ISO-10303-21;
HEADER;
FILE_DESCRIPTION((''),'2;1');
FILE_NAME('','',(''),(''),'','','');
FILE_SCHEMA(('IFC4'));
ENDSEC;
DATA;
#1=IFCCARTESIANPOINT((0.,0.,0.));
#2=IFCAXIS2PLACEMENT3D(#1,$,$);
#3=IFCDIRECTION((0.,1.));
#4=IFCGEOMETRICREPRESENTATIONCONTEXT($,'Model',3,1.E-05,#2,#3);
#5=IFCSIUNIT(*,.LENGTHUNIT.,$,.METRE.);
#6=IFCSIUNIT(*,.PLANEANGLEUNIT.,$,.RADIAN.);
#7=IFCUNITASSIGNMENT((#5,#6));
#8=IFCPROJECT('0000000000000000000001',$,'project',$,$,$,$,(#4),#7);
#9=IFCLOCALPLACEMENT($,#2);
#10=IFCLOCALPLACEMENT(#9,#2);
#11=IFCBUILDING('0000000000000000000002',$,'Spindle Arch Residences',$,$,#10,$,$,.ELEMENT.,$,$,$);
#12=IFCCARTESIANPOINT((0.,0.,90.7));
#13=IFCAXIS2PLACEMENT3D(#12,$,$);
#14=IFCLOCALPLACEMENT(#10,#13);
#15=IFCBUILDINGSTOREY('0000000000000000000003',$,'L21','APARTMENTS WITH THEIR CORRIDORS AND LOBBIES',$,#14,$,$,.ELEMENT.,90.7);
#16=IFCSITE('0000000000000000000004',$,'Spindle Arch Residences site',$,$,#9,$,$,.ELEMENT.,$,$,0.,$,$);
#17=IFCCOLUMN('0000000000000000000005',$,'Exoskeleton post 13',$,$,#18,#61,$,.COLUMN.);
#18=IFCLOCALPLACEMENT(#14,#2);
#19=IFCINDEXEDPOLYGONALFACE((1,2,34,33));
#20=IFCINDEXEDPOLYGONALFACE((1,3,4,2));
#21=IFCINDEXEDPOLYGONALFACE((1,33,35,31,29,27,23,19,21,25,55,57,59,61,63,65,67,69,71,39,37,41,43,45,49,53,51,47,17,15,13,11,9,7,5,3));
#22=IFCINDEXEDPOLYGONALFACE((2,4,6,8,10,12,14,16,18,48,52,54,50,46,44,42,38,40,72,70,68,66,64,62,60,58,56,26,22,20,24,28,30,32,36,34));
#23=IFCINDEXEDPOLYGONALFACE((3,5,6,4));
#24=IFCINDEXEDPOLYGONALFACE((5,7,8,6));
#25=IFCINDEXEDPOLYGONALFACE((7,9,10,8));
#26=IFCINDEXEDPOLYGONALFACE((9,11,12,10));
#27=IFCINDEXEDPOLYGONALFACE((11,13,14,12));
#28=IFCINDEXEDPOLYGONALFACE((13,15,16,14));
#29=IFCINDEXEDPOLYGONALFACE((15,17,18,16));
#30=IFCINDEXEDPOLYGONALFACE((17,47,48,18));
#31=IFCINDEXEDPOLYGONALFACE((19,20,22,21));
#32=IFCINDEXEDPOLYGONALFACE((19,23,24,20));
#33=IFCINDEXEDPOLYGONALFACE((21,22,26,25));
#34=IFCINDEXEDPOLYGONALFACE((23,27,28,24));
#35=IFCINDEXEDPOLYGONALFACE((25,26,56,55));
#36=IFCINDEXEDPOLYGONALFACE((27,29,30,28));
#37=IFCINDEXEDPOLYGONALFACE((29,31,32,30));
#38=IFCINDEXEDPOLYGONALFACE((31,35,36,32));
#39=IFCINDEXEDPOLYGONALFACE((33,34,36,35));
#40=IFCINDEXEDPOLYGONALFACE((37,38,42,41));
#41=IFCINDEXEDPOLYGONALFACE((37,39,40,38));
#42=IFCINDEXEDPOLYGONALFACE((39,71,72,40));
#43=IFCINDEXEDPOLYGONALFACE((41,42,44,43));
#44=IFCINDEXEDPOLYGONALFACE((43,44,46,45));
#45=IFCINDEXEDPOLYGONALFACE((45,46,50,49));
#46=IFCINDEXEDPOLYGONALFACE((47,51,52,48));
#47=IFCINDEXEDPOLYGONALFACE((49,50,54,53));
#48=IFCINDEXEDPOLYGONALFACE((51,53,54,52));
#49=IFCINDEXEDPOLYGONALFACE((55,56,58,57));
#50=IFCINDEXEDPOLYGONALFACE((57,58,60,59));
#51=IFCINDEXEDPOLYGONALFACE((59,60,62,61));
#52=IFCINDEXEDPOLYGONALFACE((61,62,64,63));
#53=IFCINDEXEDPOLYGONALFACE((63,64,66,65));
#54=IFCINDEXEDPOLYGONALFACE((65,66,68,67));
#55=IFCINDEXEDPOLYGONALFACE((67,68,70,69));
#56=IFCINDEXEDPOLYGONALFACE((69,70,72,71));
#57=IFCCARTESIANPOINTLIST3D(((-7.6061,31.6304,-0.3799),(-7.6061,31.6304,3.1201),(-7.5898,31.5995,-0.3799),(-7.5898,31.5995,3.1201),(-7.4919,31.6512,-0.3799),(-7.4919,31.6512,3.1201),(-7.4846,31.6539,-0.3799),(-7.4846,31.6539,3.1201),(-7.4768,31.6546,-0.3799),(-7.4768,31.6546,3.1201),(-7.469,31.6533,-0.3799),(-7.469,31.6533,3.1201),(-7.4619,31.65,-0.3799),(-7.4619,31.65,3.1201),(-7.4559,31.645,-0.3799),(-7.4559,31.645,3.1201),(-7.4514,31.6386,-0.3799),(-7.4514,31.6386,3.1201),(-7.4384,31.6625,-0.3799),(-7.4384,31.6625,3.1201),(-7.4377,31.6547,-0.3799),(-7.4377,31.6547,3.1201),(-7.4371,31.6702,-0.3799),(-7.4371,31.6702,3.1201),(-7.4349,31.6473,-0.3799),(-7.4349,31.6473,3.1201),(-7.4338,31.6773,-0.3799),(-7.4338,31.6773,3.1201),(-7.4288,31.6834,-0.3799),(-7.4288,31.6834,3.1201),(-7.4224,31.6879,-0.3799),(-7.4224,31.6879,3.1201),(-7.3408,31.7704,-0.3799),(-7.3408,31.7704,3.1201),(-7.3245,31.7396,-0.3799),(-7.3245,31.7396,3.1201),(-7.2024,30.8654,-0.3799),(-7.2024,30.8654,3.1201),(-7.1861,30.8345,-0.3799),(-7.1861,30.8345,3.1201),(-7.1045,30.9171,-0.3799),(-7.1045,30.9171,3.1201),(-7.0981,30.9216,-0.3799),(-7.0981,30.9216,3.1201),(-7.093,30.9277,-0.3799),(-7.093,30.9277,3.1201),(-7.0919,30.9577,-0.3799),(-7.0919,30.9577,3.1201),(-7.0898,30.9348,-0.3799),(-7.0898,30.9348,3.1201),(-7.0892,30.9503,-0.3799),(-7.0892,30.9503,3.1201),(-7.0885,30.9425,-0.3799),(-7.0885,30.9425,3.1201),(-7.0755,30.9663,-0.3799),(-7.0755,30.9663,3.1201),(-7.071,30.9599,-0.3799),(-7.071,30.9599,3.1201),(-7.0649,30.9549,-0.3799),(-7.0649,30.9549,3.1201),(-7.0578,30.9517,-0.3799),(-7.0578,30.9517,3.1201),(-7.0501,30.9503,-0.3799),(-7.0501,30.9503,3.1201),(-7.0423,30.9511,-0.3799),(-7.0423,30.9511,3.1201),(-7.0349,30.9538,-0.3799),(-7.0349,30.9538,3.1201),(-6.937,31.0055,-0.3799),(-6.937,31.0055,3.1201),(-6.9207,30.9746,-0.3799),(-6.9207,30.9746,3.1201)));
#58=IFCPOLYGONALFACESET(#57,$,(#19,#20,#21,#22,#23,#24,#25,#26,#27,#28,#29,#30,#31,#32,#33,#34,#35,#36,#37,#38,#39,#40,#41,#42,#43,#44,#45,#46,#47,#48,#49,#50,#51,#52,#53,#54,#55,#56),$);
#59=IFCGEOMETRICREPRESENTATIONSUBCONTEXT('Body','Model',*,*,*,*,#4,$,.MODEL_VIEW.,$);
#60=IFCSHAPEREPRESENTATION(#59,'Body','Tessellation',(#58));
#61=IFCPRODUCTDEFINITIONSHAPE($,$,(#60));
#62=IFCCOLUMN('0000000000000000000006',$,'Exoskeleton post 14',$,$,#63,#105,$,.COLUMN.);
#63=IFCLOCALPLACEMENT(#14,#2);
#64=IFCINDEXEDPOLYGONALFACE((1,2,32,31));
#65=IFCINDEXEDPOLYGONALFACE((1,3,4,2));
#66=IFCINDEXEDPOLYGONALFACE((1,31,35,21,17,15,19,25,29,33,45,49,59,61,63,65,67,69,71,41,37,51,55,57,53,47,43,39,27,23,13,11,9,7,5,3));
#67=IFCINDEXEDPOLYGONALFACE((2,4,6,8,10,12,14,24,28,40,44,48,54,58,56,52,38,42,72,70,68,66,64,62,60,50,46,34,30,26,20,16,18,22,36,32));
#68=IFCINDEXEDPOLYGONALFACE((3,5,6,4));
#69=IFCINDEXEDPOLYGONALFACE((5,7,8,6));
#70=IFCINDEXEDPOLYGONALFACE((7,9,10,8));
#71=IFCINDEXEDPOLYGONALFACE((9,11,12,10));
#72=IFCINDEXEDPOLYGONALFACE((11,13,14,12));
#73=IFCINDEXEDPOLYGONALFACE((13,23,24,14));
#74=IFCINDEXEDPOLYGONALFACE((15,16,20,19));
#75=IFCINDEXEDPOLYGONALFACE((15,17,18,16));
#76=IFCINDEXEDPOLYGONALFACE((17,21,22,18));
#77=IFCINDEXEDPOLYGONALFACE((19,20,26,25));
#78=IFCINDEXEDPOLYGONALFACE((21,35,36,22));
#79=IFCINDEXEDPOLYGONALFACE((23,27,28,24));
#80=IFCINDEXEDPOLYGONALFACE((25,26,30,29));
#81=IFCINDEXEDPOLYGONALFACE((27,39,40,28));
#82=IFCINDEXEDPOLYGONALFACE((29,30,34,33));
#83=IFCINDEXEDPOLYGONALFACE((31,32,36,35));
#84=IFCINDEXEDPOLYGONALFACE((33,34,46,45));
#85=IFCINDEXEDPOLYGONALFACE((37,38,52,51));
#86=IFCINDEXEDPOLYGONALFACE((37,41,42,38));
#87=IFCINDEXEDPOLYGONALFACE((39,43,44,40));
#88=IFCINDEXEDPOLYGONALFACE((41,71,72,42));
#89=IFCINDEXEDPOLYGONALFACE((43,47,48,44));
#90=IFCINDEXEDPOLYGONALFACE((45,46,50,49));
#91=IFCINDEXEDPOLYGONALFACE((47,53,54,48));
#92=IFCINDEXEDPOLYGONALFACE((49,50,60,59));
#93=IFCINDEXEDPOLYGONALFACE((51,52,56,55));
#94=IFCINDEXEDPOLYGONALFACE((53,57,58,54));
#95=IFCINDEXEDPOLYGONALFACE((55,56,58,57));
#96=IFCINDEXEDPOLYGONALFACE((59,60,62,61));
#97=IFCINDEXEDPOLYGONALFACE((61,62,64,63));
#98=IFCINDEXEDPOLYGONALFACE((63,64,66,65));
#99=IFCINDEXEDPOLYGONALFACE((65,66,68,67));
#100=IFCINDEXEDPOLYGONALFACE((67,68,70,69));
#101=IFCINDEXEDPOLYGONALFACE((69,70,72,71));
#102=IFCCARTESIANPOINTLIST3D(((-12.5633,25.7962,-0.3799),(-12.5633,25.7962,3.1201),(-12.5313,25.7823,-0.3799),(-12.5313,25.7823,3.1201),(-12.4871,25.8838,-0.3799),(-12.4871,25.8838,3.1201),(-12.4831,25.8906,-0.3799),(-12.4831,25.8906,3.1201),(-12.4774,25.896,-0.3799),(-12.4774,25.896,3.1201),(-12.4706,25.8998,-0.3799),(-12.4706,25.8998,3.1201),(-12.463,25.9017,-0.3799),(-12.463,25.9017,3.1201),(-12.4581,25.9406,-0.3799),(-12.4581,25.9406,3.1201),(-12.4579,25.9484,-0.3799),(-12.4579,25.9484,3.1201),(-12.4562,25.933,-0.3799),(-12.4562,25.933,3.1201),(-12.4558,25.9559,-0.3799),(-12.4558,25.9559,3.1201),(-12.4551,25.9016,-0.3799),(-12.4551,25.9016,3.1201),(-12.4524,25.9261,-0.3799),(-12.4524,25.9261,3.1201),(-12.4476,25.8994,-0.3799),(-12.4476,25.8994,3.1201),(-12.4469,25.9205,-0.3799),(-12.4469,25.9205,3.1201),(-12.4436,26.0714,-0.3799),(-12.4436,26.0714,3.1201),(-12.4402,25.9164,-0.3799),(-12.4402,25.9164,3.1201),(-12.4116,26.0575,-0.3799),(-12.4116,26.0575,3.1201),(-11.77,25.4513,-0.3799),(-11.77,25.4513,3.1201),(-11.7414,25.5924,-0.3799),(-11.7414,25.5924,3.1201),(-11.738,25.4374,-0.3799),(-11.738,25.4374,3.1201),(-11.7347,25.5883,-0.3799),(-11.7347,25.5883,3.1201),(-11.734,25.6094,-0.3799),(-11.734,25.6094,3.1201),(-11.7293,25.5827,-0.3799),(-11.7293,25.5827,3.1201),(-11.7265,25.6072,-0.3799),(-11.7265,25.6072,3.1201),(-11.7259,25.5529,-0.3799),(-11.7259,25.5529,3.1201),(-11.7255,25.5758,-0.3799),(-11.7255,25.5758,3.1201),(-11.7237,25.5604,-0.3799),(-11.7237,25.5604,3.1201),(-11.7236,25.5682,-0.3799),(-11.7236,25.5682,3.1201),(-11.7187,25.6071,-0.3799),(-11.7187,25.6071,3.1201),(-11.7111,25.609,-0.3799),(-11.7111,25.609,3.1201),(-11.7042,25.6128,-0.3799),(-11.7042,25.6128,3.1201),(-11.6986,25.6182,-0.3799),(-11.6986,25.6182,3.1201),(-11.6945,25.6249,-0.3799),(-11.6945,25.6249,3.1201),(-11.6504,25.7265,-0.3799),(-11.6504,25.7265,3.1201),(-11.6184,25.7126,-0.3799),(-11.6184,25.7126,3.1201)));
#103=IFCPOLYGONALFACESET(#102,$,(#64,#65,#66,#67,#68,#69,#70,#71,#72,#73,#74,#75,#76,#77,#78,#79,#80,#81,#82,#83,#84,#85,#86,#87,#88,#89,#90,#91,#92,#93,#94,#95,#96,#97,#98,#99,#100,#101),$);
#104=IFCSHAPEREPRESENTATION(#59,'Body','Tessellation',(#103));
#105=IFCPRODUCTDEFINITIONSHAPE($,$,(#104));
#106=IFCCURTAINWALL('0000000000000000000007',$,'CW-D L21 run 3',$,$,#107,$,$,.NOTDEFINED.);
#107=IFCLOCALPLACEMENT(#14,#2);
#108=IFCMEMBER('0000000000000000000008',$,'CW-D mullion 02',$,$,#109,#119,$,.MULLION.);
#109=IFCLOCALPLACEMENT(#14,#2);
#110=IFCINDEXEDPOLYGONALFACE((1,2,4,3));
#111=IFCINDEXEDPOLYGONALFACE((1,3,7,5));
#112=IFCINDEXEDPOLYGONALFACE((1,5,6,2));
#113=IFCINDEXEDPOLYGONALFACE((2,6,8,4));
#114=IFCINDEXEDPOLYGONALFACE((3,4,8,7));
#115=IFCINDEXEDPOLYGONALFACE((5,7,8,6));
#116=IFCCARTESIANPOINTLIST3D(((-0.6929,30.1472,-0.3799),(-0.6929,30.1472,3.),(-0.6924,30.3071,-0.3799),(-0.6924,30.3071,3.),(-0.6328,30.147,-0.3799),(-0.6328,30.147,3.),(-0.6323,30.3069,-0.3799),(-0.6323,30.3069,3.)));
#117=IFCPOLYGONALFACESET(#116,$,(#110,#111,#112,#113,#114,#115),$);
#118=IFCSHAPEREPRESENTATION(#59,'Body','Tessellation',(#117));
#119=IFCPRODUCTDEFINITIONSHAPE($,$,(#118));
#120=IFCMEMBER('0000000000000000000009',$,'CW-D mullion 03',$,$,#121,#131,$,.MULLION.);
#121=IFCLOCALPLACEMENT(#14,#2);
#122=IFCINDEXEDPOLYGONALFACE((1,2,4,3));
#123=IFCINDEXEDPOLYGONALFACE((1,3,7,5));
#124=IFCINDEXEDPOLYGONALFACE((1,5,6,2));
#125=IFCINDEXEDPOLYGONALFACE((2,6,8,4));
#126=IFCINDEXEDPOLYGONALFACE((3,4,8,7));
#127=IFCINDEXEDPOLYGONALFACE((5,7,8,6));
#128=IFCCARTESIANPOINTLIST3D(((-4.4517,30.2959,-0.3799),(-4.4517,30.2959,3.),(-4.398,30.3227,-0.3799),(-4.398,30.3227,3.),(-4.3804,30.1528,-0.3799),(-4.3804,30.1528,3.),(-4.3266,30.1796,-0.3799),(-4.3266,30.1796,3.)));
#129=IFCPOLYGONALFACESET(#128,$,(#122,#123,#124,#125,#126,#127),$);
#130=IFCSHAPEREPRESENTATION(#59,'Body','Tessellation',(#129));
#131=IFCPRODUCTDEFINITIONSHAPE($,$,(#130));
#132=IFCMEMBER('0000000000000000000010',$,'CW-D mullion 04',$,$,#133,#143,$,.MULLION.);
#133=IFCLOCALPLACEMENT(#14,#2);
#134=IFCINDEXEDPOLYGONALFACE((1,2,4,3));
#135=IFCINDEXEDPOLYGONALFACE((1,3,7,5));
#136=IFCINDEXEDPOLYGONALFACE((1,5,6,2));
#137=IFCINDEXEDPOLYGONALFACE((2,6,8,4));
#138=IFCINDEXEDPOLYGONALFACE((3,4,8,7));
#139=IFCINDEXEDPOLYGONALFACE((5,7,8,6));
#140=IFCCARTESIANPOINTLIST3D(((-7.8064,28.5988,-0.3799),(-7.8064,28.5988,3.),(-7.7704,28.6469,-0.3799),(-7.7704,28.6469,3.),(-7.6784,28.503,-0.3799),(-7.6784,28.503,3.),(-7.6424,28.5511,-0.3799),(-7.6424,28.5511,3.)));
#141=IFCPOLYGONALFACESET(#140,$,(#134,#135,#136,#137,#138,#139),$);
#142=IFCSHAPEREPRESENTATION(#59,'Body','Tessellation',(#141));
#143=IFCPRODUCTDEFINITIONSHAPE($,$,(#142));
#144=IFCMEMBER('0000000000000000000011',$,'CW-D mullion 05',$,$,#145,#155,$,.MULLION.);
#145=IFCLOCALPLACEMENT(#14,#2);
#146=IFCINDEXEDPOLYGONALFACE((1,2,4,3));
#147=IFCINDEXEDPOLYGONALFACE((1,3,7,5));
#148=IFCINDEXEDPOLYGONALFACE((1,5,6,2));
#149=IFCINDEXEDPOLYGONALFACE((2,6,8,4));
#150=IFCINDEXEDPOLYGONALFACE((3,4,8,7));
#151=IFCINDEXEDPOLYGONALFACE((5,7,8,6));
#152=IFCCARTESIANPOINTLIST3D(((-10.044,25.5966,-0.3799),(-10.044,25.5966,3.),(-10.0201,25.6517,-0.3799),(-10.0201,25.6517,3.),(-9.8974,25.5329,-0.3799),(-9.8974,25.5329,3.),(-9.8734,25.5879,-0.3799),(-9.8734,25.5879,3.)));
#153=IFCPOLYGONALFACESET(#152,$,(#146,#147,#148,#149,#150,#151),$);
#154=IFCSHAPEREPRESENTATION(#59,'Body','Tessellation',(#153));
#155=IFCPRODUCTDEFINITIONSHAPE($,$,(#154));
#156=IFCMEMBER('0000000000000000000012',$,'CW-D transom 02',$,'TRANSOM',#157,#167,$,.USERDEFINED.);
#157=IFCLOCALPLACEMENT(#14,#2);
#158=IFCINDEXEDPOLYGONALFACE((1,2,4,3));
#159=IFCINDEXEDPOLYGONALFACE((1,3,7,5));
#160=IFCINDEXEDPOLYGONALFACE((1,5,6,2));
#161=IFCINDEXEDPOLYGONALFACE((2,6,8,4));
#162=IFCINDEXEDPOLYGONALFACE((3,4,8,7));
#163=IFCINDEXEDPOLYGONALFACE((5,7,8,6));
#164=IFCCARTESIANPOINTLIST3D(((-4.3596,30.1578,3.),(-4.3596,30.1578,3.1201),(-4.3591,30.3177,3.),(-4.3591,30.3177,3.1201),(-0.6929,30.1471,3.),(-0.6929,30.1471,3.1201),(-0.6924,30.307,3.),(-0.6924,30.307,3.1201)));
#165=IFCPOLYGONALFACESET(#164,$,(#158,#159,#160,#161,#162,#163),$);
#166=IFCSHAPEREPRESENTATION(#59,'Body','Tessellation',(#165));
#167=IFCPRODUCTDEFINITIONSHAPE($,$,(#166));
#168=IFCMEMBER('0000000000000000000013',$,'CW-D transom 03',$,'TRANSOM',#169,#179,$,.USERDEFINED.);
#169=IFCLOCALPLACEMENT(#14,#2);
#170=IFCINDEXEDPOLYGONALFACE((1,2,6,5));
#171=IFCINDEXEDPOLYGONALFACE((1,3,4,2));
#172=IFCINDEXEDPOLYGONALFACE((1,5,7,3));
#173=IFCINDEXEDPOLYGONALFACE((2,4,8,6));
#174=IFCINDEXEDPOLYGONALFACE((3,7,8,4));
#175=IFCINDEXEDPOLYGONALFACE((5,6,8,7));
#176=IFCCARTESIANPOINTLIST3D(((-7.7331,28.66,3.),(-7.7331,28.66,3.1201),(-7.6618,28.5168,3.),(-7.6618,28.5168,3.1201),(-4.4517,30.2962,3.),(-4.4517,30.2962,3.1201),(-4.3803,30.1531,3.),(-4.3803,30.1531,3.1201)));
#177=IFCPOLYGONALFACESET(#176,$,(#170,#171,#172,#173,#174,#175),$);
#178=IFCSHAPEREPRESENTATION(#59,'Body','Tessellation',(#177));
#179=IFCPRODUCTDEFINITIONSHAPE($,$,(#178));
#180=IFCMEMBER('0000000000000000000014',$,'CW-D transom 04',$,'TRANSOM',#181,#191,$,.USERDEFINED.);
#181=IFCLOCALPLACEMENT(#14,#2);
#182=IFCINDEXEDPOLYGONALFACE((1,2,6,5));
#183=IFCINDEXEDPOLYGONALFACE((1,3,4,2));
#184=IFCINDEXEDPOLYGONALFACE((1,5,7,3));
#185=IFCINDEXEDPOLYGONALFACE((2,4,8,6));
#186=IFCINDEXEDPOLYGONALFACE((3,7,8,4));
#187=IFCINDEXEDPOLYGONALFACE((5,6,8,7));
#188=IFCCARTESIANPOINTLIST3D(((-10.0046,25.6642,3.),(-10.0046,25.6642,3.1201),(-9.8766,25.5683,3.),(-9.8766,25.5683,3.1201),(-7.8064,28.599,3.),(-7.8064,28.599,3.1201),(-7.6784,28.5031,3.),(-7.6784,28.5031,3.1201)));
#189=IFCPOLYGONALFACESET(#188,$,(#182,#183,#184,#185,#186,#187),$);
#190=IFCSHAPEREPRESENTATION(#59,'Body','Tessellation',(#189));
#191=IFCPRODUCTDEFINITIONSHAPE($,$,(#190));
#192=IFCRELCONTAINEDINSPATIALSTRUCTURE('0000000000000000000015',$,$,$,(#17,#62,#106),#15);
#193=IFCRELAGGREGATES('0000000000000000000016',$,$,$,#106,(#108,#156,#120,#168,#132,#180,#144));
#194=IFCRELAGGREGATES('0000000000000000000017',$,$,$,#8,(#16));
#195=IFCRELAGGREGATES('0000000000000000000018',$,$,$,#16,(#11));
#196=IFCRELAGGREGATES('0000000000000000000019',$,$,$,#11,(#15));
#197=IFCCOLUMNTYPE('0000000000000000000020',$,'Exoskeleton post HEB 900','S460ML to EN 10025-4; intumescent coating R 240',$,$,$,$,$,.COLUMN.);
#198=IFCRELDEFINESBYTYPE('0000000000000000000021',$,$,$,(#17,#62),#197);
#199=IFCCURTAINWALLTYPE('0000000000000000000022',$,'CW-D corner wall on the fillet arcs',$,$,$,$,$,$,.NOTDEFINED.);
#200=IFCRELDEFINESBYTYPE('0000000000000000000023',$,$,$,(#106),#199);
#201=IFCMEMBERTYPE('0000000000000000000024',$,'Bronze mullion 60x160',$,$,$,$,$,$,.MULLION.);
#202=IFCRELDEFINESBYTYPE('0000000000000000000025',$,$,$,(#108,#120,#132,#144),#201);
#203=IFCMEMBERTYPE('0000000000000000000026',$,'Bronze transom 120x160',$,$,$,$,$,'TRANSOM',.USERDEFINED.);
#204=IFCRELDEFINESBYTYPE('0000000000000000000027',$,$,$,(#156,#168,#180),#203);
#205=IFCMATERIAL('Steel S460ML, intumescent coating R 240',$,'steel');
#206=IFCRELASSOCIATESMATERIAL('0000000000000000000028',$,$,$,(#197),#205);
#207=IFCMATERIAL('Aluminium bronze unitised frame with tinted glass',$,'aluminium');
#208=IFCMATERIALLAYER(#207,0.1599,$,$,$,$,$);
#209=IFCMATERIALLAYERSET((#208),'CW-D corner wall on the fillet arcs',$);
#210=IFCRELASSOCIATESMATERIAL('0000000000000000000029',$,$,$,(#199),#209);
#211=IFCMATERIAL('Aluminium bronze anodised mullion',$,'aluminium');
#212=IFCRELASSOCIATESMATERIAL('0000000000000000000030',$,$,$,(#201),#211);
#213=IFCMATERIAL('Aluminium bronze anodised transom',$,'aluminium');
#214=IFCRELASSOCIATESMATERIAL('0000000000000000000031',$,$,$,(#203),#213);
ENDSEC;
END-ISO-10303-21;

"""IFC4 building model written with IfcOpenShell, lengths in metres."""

from ifc_helpers import new_model, si_unit, direction, frame, origin, origin_2d, place, context, subcontext, project, spatial, rectangle, i_section, extrude, material, layer, layer_set, material_profile, profile_set, type_object, element, aggregate, save


model = new_model("IFC4")

# Units and contexts
model_context = context("Model", 3, precision=1e-05, world=origin(), true_north=direction((0.0, 1.0)))
body_context = subcontext(model_context, "Body", "Model", "MODEL_VIEW")
ifc_project = project(units=[si_unit("LENGTHUNIT", "METRE"), si_unit("PLANEANGLEUNIT", "RADIAN")], contexts=[model_context])

# Site, building, storey
site_placement = place(None, origin())
site = spatial("IfcSite", under=ifc_project, at=site_placement, Name="Spindle Arch Residences site", CompositionType="ELEMENT", RefElevation=0.0)
building_placement = place(site_placement, origin())
building = spatial("IfcBuilding", under=site, at=building_placement, Name="Spindle Arch Residences", CompositionType="ELEMENT")
storey_placement = place(building_placement, frame((0.0, 0.0, 90.7)))
storey = spatial("IfcBuildingStorey", under=building, at=storey_placement, Name="L21", Description="APARTMENTS WITH THEIR CORRIDORS AND LOBBIES", CompositionType="ELEMENT", Elevation=90.7)

# Columns
ifc_material_1 = material(Name="Steel S460ML, intumescent coating R 240", Category="steel")
ifc_material_profile_1 = material_profile(ifc_material_1, i_section(OverallWidth=0.3, OverallDepth=0.8999, WebThickness=0.0186, FlangeThickness=0.0349, FilletRadius=0.03, at=origin_2d()), Name="HEB 900")
ifc_profile_set_1 = profile_set([ifc_material_profile_1], Name="Steel S460ML, intumescent coating R 240")
column_type = type_object("IfcColumnType", Name="Exoskeleton post HEB 900", Description="S460ML to EN 10025-4; intumescent coating R 240", PredefinedType="COLUMN", material=ifc_profile_set_1)
for number, where, z_axis, x_axis, name in (
    (1, (-7.2634, 31.3025, -0.3799), (0.0, 0.0, 1.0), (0.884365, 0.466797, 0.0), "Exoskeleton post 13"),
    (2, (-12.0908, 25.7544, -0.3799), (0.0, 0.0, 1.0), (0.398749, 0.91706, 0.0), "Exoskeleton post 14"),
):
    element("IfcColumn", number, at=place(storey_placement, frame(where, z_axis=z_axis, x_axis=x_axis)), inside=storey, type_object=column_type, Name=name, PredefinedType="COLUMN", context=body_context, shape_type="SweptSolid", body=[
        extrude(i_section(OverallWidth=0.3, OverallDepth=0.8999, WebThickness=0.0186, FlangeThickness=0.0349, FilletRadius=0.03, at=origin_2d()), origin(), (0.0, 0.0, 1.0), 3.5),
    ])

# Curtain wall, members
ifc_material_2 = material(Name="Aluminium bronze unitised frame with tinted glass", Category="aluminium")
ifc_layer_1 = layer(ifc_material_2, 0.1599)
ifc_layer_set_1 = layer_set([ifc_layer_1], Name="CW-D corner wall on the fillet arcs")
curtain_wall_type = type_object("IfcCurtainWallType", Name="CW-D corner wall on the fillet arcs", PredefinedType="NOTDEFINED", material=ifc_layer_set_1)
curtain_wall_placement = place(storey_placement, origin())
curtain_wall = element("IfcCurtainWall", 3, at=curtain_wall_placement, inside=storey, type_object=curtain_wall_type, Name="CW-D L21 run 3", PredefinedType="NOTDEFINED")
ifc_material_3 = material(Name="Aluminium bronze anodised mullion", Category="aluminium")
ifc_material_profile_2 = material_profile(ifc_material_3, rectangle(XDim=0.1599, YDim=0.0601, at=origin_2d()), Name="MU 60x160")
ifc_profile_set_2 = profile_set([ifc_material_profile_2], Name="Aluminium bronze anodised mullion")
member_type_1 = type_object("IfcMemberType", Name="Bronze mullion 60x160", PredefinedType="MULLION", material=ifc_profile_set_2)
member_1_placement = place(storey_placement, frame((-0.6626, 30.2271, -0.3799), z_axis=(0.0, 0.0, 1.0), x_axis=(-0.002909, -0.999996, 0.0)))
member_1 = element("IfcMember", 4, at=member_1_placement, type_object=member_type_1, Name="CW-D mullion 02", PredefinedType="MULLION", context=body_context, shape_type="SweptSolid", body=[
    extrude(rectangle(XDim=0.1599, YDim=0.0601, at=origin_2d()), origin(), (0.0, 0.0, 1.0), 3.3799),
])
member_2_placement = place(storey_placement, frame((-4.3892, 30.2378, -0.3799), z_axis=(0.0, 0.0, 1.0), x_axis=(0.446198, -0.894934, 0.0)))
member_2 = element("IfcMember", 5, at=member_2_placement, type_object=member_type_1, Name="CW-D mullion 03", PredefinedType="MULLION", context=body_context, shape_type="SweptSolid", body=[
    extrude(rectangle(XDim=0.1599, YDim=0.0601, at=origin_2d()), origin(), (0.0, 0.0, 1.0), 3.3799),
])
member_3_placement = place(storey_placement, frame((-7.7244, 28.575, -0.3799), z_axis=(0.0, 0.0, 1.0), x_axis=(0.800383, -0.599489, 0.0)))
member_3 = element("IfcMember", 6, at=member_3_placement, type_object=member_type_1, Name="CW-D mullion 04", PredefinedType="MULLION", context=body_context, shape_type="SweptSolid", body=[
    extrude(rectangle(XDim=0.1599, YDim=0.0601, at=origin_2d()), origin(), (0.0, 0.0, 1.0), 3.3799),
])
member_4_placement = place(storey_placement, frame((-9.9587, 25.5923, -0.3799), z_axis=(0.0, 0.0, 1.0), x_axis=(0.91706, -0.398749, 0.0)))
member_4 = element("IfcMember", 7, at=member_4_placement, type_object=member_type_1, Name="CW-D mullion 05", PredefinedType="MULLION", context=body_context, shape_type="SweptSolid", body=[
    extrude(rectangle(XDim=0.1599, YDim=0.0601, at=origin_2d()), origin(), (0.0, 0.0, 1.0), 3.3799),
])
ifc_material_4 = material(Name="Aluminium bronze anodised transom", Category="aluminium")
ifc_material_profile_3 = material_profile(ifc_material_4, rectangle(XDim=0.1599, YDim=0.1201, at=origin_2d()), Name="TR 120x160")
ifc_profile_set_3 = profile_set([ifc_material_profile_3], Name="Aluminium bronze anodised transom")
member_type_2 = type_object("IfcMemberType", Name="Bronze transom 120x160", ElementType="TRANSOM", PredefinedType="USERDEFINED", material=ifc_profile_set_3)
member_5_placement = place(storey_placement, frame((-0.6926, 30.2271, 3.0601), z_axis=(-0.999996, 0.00293, 0.0), x_axis=(-0.00293, -0.999996, 0.0)))
member_5 = element("IfcMember", 8, at=member_5_placement, type_object=member_type_2, Name="CW-D transom 02", ObjectType="TRANSOM", PredefinedType="USERDEFINED", context=body_context, shape_type="SweptSolid", body=[
    extrude(rectangle(XDim=0.1599, YDim=0.1201, at=origin_2d()), origin(), (0.0, 0.0, 1.0), 3.6667),
])
member_6_placement = place(storey_placement, frame((-4.416, 30.2246, 3.0601), z_axis=(-0.894919, -0.446228, 0.0), x_axis=(0.446228, -0.894919, 0.0)))
member_6 = element("IfcMember", 9, at=member_6_placement, type_object=member_type_2, Name="CW-D transom 03", ObjectType="TRANSOM", PredefinedType="USERDEFINED", context=body_context, shape_type="SweptSolid", body=[
    extrude(rectangle(XDim=0.1599, YDim=0.1201, at=origin_2d()), origin(), (0.0, 0.0, 1.0), 3.6667),
])
member_7_placement = place(storey_placement, frame((-7.7424, 28.551, 3.0601), z_axis=(-0.599499, -0.800375, 0.0), x_axis=(0.800375, -0.599499, 0.0)))
member_7 = element("IfcMember", 10, at=member_7_placement, type_object=member_type_2, Name="CW-D transom 04", ObjectType="TRANSOM", PredefinedType="USERDEFINED", context=body_context, shape_type="SweptSolid", body=[
    extrude(rectangle(XDim=0.1599, YDim=0.1201, at=origin_2d()), origin(), (0.0, 0.0, 1.0), 3.6667),
])

aggregate(curtain_wall, [member_1, member_5, member_2, member_6, member_3, member_7, member_4])

save(model, "model.ifc")
